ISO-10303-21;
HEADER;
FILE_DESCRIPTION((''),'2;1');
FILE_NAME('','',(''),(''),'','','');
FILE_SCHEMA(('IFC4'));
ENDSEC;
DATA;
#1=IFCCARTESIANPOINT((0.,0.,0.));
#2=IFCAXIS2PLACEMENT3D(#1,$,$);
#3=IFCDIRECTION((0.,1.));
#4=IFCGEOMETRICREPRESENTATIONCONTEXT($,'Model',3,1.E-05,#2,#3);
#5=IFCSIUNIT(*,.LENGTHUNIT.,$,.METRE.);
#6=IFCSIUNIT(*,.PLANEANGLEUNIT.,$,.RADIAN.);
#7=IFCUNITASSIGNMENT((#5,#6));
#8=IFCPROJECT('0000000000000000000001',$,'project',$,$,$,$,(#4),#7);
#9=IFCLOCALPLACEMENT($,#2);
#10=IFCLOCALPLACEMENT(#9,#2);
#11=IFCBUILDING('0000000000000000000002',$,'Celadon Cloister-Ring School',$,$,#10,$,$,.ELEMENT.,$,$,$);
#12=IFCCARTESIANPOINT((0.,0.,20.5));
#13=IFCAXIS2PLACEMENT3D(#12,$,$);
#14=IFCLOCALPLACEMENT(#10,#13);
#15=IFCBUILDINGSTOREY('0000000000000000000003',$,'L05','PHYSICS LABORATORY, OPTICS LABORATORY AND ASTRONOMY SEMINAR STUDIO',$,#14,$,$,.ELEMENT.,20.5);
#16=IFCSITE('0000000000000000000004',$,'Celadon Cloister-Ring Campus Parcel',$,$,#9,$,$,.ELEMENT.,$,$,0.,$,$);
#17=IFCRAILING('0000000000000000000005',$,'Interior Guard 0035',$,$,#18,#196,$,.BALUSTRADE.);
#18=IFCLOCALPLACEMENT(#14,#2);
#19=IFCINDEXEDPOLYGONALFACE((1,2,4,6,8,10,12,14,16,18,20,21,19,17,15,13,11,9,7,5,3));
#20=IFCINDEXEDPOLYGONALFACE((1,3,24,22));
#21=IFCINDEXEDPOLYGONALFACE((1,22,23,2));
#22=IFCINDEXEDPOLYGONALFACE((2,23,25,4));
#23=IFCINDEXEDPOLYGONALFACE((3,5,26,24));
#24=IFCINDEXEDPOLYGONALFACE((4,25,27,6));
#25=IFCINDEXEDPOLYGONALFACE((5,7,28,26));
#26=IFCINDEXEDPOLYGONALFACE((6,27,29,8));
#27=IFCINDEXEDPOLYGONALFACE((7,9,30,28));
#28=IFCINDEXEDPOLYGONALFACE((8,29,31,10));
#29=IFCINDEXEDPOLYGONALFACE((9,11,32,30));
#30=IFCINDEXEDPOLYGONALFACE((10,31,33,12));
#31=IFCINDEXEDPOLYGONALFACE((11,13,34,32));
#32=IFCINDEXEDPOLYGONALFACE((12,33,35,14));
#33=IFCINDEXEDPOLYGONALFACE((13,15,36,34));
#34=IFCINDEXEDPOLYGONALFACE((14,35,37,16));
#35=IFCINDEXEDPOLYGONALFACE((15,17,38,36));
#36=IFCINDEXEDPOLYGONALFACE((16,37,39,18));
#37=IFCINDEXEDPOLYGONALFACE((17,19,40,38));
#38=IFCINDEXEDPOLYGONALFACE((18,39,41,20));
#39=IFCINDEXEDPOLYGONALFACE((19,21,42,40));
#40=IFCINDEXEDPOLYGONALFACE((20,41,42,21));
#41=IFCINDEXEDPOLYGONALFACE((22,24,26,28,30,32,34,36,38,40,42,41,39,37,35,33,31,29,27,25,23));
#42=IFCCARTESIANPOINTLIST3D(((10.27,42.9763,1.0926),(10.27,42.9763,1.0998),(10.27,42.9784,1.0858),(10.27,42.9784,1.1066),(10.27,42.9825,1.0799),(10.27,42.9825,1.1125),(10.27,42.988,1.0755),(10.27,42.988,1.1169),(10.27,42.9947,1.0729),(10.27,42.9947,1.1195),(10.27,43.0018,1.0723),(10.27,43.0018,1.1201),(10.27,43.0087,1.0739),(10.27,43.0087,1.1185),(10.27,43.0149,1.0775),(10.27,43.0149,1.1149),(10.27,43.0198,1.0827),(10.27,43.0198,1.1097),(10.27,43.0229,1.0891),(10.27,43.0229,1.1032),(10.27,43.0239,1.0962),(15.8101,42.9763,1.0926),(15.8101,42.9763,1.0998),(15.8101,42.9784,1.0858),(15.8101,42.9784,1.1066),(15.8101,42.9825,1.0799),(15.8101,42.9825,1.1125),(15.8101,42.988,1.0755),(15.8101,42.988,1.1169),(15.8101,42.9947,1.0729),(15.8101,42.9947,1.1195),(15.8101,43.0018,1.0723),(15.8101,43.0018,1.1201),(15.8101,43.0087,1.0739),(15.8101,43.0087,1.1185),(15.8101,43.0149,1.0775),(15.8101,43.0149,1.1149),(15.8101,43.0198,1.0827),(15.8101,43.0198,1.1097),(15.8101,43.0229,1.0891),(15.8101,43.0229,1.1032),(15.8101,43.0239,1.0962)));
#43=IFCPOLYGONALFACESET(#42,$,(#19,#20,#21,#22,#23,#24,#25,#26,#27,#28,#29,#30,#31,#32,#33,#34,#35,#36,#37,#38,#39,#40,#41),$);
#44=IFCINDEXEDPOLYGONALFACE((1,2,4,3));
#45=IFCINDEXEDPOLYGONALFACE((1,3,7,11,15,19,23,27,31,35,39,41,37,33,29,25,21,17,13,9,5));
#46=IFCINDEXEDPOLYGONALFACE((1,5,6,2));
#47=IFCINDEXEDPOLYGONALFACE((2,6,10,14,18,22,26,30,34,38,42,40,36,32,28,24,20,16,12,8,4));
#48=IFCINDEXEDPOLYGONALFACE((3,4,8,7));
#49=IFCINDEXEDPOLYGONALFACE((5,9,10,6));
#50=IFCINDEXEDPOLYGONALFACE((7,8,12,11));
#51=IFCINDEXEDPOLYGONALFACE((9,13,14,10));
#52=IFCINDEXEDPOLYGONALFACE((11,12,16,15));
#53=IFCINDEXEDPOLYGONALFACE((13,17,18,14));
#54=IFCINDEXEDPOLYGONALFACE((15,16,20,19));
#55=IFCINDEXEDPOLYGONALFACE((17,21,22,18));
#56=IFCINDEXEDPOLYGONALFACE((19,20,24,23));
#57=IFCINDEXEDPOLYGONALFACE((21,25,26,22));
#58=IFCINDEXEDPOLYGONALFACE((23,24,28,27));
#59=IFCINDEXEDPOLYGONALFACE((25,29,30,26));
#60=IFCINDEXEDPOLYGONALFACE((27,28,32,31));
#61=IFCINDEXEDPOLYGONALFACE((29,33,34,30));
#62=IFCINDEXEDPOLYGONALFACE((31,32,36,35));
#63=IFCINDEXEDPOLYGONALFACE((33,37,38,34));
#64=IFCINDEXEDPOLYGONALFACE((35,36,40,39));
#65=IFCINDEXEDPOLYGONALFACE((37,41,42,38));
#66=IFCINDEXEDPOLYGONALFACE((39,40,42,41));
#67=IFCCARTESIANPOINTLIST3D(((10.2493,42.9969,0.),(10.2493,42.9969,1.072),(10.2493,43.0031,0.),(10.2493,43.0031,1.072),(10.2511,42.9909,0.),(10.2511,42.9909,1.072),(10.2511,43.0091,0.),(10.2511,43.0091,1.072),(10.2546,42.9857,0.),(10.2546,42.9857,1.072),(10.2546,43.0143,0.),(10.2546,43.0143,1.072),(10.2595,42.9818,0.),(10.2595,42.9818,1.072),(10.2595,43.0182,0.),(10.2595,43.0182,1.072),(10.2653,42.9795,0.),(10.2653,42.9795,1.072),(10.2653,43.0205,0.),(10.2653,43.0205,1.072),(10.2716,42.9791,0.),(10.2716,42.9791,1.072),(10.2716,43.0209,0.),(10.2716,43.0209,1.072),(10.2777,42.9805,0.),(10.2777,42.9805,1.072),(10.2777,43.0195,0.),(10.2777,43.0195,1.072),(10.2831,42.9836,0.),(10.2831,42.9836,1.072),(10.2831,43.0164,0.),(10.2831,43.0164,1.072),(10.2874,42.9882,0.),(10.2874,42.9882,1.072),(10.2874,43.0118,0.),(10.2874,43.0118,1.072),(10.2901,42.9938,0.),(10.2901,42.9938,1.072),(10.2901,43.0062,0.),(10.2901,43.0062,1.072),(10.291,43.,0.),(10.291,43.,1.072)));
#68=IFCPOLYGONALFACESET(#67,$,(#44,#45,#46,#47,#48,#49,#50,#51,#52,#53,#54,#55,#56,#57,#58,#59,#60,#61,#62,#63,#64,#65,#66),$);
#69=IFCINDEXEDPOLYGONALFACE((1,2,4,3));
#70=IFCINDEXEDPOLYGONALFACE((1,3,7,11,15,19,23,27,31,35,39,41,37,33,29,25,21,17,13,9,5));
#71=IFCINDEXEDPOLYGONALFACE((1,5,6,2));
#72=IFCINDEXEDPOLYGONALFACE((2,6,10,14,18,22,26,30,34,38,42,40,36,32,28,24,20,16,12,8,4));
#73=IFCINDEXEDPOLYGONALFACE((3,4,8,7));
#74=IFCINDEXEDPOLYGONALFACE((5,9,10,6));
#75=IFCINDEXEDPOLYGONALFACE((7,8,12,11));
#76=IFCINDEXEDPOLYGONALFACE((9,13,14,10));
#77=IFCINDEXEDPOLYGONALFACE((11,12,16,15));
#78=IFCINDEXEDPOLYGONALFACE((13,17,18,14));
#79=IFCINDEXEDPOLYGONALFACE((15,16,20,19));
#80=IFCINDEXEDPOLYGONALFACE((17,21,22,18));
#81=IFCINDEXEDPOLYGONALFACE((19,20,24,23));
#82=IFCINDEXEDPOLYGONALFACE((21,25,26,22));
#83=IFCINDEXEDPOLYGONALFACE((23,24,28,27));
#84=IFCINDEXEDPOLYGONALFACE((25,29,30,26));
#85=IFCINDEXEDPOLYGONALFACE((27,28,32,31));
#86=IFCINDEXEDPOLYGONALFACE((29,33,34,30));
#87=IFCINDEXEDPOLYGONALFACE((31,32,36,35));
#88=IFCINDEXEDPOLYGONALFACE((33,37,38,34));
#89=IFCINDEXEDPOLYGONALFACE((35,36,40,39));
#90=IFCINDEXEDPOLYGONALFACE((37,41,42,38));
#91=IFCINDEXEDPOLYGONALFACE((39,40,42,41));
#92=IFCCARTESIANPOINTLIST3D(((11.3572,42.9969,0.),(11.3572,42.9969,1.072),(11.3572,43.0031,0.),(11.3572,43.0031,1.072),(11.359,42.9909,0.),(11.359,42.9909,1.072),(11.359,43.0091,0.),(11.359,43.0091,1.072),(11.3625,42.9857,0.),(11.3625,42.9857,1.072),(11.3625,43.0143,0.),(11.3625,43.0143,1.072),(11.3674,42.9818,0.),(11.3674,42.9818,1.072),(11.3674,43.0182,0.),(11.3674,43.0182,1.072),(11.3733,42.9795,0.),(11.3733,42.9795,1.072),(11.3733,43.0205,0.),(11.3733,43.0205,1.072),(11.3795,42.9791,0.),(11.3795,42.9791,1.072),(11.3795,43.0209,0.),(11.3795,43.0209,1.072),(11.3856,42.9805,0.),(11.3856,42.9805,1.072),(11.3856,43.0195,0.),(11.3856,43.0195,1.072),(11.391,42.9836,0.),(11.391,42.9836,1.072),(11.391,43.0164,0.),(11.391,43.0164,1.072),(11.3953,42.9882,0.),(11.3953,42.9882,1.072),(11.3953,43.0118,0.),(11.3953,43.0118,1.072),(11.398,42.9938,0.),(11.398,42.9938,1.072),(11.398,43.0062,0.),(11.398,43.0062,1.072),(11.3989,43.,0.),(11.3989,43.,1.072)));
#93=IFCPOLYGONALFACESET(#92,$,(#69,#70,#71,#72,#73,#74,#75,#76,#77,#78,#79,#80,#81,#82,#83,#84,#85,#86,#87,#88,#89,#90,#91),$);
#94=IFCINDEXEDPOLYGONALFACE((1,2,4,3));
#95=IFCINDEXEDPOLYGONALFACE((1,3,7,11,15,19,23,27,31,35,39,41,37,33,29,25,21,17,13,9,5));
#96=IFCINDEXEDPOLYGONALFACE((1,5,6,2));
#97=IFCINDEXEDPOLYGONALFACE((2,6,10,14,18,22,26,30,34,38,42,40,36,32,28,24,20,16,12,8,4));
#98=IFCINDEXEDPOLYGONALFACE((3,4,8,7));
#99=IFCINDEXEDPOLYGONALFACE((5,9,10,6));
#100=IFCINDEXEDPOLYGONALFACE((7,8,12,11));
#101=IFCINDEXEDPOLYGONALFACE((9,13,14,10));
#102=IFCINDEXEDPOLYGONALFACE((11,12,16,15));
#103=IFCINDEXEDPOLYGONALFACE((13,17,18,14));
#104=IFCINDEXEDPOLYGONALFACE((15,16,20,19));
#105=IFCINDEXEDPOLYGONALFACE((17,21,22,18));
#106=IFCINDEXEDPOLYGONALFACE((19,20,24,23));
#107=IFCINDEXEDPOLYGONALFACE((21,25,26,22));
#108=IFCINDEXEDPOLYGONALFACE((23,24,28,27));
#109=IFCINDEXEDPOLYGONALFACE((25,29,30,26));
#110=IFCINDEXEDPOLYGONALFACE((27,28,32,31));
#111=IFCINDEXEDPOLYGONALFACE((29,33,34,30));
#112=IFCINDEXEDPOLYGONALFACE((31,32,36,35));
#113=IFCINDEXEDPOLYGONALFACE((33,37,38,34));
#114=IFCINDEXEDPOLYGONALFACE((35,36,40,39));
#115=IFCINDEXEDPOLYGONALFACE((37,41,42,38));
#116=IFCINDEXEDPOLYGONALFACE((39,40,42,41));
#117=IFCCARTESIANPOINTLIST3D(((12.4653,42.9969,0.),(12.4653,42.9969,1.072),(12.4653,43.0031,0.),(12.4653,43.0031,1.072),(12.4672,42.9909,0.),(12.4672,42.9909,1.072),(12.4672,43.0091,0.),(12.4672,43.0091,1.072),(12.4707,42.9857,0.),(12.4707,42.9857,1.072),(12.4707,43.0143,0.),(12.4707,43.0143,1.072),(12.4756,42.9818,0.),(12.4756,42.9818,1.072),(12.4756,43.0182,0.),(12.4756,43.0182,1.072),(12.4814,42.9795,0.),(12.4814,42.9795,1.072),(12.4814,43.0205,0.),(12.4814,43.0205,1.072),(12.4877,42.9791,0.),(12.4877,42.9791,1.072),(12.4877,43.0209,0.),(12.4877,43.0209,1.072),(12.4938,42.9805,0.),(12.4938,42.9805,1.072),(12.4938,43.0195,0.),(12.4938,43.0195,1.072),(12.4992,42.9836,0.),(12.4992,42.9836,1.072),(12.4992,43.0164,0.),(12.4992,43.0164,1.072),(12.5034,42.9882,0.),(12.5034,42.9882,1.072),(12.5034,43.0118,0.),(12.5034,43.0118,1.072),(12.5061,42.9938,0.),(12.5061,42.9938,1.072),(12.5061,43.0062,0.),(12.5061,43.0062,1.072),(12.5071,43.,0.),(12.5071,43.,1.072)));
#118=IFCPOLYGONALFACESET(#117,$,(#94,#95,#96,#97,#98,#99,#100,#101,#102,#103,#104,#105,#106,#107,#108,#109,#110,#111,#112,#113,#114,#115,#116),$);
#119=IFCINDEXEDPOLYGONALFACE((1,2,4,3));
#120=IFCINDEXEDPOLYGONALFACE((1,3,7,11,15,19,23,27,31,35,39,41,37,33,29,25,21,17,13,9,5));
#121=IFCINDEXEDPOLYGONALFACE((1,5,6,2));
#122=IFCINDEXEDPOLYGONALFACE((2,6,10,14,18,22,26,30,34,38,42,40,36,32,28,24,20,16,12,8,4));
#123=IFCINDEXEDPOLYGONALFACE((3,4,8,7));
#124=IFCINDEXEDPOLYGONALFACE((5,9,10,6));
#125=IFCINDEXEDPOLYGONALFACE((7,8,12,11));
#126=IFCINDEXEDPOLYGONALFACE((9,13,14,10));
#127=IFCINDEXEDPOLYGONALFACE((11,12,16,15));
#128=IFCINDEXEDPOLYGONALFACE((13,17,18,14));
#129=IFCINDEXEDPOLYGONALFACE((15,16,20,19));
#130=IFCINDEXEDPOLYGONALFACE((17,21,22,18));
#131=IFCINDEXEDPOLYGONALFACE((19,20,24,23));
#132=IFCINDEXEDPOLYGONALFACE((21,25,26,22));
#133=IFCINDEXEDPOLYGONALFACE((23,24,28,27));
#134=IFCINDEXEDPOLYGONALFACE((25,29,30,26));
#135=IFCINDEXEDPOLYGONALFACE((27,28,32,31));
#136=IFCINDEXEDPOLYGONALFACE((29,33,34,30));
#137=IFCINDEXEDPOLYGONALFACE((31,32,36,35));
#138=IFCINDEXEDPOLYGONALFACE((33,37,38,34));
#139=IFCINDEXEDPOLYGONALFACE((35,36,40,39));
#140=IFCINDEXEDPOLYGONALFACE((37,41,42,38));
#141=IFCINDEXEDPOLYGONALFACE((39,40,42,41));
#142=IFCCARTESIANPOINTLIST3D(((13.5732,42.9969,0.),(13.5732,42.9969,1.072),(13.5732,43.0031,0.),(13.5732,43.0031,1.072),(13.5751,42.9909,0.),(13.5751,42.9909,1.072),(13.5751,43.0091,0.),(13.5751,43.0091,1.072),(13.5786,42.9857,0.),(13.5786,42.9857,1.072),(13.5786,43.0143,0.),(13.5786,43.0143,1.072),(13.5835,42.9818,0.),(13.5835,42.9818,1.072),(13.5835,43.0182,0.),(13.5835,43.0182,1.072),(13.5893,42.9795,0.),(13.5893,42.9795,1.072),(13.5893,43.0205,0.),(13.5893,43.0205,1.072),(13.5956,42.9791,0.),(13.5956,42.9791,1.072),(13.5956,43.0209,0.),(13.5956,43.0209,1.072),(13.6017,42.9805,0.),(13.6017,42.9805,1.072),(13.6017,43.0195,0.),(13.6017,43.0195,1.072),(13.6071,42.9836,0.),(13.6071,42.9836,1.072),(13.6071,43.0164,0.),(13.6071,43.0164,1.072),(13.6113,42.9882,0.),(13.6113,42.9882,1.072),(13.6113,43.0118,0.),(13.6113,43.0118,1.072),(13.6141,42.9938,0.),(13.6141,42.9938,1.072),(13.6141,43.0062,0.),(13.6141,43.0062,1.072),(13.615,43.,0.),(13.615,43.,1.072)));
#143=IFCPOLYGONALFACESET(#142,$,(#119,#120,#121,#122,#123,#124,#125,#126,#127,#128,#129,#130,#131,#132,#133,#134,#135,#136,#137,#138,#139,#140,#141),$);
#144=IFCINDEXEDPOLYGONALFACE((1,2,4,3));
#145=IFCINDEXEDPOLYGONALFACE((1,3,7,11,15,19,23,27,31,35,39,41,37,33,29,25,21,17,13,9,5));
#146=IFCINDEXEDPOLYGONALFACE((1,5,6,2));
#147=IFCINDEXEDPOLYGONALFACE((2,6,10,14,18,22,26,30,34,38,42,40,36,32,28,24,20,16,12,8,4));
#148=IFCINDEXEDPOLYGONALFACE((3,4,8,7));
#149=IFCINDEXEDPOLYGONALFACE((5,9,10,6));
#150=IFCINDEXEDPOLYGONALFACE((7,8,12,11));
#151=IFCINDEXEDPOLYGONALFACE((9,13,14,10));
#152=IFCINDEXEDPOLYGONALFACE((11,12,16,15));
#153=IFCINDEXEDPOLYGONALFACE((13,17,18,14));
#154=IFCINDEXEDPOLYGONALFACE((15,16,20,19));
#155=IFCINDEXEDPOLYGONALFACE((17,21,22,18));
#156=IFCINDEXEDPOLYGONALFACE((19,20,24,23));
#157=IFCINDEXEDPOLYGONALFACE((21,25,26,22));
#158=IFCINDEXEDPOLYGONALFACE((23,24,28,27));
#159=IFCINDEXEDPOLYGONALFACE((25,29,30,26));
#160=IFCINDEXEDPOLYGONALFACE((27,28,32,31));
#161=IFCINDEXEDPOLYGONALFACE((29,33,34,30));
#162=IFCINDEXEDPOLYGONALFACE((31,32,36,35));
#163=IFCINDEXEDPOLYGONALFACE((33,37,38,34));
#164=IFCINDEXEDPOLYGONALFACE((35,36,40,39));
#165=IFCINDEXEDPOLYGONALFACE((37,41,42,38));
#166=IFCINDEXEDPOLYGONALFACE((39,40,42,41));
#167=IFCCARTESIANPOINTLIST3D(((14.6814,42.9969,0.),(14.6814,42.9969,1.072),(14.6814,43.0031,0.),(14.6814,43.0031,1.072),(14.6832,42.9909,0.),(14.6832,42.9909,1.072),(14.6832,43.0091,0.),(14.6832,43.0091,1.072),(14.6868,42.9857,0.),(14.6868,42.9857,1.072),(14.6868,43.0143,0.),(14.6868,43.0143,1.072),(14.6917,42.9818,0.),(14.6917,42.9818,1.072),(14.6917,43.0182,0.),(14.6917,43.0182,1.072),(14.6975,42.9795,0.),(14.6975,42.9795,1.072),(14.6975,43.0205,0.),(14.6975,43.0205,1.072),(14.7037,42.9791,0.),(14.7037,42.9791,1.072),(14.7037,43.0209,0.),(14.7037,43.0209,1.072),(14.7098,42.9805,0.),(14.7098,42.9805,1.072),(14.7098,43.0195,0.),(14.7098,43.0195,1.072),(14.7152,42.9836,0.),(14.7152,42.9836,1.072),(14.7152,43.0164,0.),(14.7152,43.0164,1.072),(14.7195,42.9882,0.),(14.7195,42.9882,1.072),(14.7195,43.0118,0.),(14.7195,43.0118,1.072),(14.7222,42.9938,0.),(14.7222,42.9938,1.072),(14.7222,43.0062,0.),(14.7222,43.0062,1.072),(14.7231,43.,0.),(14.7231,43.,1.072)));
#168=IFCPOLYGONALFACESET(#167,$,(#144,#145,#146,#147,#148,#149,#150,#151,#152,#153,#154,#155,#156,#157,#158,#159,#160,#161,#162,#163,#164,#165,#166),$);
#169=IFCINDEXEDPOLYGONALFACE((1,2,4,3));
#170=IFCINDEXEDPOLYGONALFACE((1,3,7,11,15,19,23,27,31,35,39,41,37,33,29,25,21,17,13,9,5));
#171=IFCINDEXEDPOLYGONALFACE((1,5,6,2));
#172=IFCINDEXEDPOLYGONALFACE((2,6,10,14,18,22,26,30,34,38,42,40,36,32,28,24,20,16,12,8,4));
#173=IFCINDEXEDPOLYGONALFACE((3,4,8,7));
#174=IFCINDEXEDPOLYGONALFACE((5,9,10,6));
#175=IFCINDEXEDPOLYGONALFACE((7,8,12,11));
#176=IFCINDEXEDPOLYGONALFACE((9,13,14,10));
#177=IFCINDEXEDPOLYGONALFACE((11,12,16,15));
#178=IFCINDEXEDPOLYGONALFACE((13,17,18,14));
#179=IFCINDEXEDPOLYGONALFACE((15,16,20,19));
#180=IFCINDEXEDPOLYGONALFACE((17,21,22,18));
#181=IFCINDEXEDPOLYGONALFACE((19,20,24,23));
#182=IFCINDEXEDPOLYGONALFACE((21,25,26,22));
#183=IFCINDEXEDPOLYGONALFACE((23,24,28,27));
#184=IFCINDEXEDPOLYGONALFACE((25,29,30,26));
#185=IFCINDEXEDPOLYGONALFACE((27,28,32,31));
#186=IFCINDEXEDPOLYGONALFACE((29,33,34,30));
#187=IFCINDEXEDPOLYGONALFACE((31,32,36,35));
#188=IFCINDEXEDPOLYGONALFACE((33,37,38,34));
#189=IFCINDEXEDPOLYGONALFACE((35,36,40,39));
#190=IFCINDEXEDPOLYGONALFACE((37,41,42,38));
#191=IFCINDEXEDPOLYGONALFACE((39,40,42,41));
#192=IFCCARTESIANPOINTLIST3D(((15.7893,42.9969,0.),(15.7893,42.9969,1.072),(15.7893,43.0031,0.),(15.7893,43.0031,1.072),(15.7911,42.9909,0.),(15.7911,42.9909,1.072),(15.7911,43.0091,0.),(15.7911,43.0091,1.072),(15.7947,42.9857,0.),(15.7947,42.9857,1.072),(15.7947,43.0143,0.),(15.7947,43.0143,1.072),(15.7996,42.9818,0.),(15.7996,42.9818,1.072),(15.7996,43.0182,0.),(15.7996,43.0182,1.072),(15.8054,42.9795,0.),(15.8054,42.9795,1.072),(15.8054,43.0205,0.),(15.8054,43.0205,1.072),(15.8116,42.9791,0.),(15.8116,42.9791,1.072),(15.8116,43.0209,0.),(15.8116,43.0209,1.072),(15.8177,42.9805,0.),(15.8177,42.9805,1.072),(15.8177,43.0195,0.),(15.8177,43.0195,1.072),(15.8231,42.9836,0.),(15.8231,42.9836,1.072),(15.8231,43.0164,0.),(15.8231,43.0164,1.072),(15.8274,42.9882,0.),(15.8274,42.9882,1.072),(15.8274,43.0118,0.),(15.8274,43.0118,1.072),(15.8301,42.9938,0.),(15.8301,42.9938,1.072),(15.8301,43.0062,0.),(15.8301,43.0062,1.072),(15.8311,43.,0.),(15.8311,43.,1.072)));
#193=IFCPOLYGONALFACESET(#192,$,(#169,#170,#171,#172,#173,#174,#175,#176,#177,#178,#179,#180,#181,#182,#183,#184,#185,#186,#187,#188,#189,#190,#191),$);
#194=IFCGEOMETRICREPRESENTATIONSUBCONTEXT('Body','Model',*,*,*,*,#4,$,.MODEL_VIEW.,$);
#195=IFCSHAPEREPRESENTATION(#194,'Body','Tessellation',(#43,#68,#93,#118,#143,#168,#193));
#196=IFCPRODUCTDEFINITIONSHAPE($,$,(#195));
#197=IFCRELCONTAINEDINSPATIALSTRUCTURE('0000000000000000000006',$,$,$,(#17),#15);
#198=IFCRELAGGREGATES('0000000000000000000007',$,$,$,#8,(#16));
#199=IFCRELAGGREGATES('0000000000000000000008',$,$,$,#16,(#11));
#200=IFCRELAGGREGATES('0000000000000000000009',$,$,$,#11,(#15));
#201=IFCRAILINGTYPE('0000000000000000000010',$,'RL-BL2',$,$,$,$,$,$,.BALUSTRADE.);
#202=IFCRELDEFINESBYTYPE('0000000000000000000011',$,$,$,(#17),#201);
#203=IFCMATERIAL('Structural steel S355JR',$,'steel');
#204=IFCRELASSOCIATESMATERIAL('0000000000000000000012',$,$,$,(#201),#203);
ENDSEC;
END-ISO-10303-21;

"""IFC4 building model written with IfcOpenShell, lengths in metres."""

from ifc_helpers import new_model, si_unit, direction, frame, origin, origin_2d, place, context, subcontext, project, spatial, circle, extrude, material, type_object, element, save


model = new_model("IFC4")

# Units and contexts
model_context = context("Model", 3, precision=1e-05, world=origin(), true_north=direction((0.0, 1.0)))
body_context = subcontext(model_context, "Body", "Model", "MODEL_VIEW")
ifc_project = project(units=[si_unit("LENGTHUNIT", "METRE"), si_unit("PLANEANGLEUNIT", "RADIAN")], contexts=[model_context])

# Site, building, storey
site_placement = place(None, origin())
site = spatial("IfcSite", under=ifc_project, at=site_placement, Name="Celadon Cloister-Ring Campus Parcel", CompositionType="ELEMENT", RefElevation=0.0)
building_placement = place(site_placement, origin())
building = spatial("IfcBuilding", under=site, at=building_placement, Name="Celadon Cloister-Ring School", CompositionType="ELEMENT")
storey_placement = place(building_placement, frame((0.0, 0.0, 20.5)))
storey = spatial("IfcBuildingStorey", under=building, at=storey_placement, Name="L05", Description="PHYSICS LABORATORY, OPTICS LABORATORY AND ASTRONOMY SEMINAR STUDIO", CompositionType="ELEMENT", Elevation=20.5)

# Railing
ifc_material_1 = material(Name="Structural steel S355JR", Category="steel")
railing_type = type_object("IfcRailingType", Name="RL-BL2", PredefinedType="BALUSTRADE", material=ifc_material_1)
railing_1_placement = place(storey_placement, frame((10.27, 43.0, 0.0)))
element("IfcRailing", 1, at=railing_1_placement, inside=storey, type_object=railing_type, Name="Interior Guard 0035", PredefinedType="BALUSTRADE", context=body_context, shape_type="SweptSolid", body=[
    extrude(circle(Radius=0.0239, at=origin_2d()), frame((0.0, 0.0, 1.0962), z_axis=(1.0, 0.0, 0.0), x_axis=(0.0, 1.0, 0.0)), (0.0, 0.0, 1.0), 5.54),
    extrude(circle(Radius=0.021, at=origin_2d()), origin(), (0.0, 0.0, 1.0), 1.072),
    extrude(circle(Radius=0.021, at=origin_2d()), frame((1.1079, 0.0, 0.0)), (0.0, 0.0, 1.0), 1.072),
    extrude(circle(Radius=0.021, at=origin_2d()), frame((2.2161, 0.0, 0.0)), (0.0, 0.0, 1.0), 1.072),
    extrude(circle(Radius=0.021, at=origin_2d()), frame((3.324, 0.0, 0.0)), (0.0, 0.0, 1.0), 1.072),
    extrude(circle(Radius=0.021, at=origin_2d()), frame((4.4321, 0.0, 0.0)), (0.0, 0.0, 1.0), 1.072),
    extrude(circle(Radius=0.021, at=origin_2d()), frame((5.54, 0.0, 0.0)), (0.0, 0.0, 1.0), 1.072),
])

save(model, "model.ifc")
